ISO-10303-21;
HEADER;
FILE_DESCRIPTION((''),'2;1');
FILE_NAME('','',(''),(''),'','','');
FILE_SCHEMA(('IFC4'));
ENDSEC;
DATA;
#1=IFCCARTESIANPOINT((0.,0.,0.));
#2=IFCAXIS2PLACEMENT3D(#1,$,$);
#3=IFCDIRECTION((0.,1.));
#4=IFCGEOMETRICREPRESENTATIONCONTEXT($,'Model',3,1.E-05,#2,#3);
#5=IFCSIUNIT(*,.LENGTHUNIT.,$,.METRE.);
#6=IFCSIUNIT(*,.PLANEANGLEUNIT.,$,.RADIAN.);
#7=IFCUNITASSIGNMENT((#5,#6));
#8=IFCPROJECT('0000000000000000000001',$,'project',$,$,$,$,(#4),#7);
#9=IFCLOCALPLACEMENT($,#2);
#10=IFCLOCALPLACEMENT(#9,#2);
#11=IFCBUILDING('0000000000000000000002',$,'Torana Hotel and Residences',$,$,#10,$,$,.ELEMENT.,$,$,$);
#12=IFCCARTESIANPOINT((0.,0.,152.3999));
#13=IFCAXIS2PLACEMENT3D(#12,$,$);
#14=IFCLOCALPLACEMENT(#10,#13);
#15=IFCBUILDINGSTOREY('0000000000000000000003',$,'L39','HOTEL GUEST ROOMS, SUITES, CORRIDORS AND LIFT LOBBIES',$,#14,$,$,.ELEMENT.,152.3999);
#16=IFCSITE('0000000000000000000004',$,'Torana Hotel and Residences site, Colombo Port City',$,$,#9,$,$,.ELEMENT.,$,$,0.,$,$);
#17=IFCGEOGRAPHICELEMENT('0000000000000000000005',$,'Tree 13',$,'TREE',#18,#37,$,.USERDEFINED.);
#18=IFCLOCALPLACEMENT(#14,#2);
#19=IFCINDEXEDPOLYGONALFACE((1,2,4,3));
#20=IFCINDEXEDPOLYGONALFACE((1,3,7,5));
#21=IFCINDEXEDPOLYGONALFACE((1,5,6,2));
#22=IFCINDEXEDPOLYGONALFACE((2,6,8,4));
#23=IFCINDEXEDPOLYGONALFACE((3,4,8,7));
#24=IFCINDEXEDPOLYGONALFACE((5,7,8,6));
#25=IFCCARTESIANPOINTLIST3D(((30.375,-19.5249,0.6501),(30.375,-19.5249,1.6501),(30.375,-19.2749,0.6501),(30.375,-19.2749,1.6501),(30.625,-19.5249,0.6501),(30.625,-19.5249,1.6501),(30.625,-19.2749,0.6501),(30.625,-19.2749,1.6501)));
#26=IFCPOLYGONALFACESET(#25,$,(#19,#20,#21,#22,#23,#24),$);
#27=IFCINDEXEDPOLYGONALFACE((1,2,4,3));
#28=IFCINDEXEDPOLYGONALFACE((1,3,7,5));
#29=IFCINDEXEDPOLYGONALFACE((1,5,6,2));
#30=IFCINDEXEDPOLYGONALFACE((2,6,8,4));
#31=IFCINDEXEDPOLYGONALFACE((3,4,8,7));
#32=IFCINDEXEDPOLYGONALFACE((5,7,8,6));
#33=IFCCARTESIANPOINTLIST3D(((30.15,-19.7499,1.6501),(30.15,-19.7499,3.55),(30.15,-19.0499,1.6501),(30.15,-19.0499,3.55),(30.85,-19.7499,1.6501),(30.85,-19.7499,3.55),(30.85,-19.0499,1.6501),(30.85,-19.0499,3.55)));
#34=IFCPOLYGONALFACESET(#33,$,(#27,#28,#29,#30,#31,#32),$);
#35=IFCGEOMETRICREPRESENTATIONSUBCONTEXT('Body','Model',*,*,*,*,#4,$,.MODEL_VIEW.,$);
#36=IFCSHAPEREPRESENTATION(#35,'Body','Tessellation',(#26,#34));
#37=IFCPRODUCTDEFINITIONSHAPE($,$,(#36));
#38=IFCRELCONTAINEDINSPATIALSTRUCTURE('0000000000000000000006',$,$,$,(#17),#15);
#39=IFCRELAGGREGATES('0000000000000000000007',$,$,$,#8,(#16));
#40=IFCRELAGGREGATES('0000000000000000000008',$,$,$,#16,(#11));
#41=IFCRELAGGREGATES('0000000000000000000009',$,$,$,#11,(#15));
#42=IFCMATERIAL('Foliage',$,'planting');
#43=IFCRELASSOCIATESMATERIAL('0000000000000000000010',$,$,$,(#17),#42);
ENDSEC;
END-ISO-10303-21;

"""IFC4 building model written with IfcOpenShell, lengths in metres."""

from ifc_helpers import new_model, si_unit, direction, frame, origin, origin_2d, place, context, subcontext, project, spatial, rectangle, extrude, material, element, save


model = new_model("IFC4")

# Units and contexts
model_context = context("Model", 3, precision=1e-05, world=origin(), true_north=direction((0.0, 1.0)))
body_context = subcontext(model_context, "Body", "Model", "MODEL_VIEW")
ifc_project = project(units=[si_unit("LENGTHUNIT", "METRE"), si_unit("PLANEANGLEUNIT", "RADIAN")], contexts=[model_context])

# Site, building, storey
site_placement = place(None, origin())
site = spatial("IfcSite", under=ifc_project, at=site_placement, Name="Torana Hotel and Residences site, Colombo Port City", CompositionType="ELEMENT", RefElevation=0.0)
building_placement = place(site_placement, origin())
building = spatial("IfcBuilding", under=site, at=building_placement, Name="Torana Hotel and Residences", CompositionType="ELEMENT")
storey_placement = place(building_placement, frame((0.0, 0.0, 152.3999)))
storey = spatial("IfcBuildingStorey", under=building, at=storey_placement, Name="L39", Description="HOTEL GUEST ROOMS, SUITES, CORRIDORS AND LIFT LOBBIES", CompositionType="ELEMENT", Elevation=152.3999)

# Geographic element
ifc_material_1 = material(Name="Foliage", Category="planting")
geographic_element_placement = place(storey_placement, frame((30.5, -19.3999, 0.6501), z_axis=(0.0, 0.0, 1.0), x_axis=(1.0, 0.0, 0.0)))
element("IfcGeographicElement", 1, at=geographic_element_placement, inside=storey, material=ifc_material_1, Name="Tree 13", ObjectType="TREE", PredefinedType="USERDEFINED", context=body_context, shape_type="SweptSolid", body=[
    extrude(rectangle(XDim=0.25, YDim=0.25, at=origin_2d()), origin(), (0.0, 0.0, 1.0), 1.0),
    extrude(rectangle(XDim=0.7, YDim=0.7, at=origin_2d()), frame((0.0, 0.0, 1.0)), (0.0, 0.0, 1.0), 1.8999),
])

save(model, "model.ifc")
